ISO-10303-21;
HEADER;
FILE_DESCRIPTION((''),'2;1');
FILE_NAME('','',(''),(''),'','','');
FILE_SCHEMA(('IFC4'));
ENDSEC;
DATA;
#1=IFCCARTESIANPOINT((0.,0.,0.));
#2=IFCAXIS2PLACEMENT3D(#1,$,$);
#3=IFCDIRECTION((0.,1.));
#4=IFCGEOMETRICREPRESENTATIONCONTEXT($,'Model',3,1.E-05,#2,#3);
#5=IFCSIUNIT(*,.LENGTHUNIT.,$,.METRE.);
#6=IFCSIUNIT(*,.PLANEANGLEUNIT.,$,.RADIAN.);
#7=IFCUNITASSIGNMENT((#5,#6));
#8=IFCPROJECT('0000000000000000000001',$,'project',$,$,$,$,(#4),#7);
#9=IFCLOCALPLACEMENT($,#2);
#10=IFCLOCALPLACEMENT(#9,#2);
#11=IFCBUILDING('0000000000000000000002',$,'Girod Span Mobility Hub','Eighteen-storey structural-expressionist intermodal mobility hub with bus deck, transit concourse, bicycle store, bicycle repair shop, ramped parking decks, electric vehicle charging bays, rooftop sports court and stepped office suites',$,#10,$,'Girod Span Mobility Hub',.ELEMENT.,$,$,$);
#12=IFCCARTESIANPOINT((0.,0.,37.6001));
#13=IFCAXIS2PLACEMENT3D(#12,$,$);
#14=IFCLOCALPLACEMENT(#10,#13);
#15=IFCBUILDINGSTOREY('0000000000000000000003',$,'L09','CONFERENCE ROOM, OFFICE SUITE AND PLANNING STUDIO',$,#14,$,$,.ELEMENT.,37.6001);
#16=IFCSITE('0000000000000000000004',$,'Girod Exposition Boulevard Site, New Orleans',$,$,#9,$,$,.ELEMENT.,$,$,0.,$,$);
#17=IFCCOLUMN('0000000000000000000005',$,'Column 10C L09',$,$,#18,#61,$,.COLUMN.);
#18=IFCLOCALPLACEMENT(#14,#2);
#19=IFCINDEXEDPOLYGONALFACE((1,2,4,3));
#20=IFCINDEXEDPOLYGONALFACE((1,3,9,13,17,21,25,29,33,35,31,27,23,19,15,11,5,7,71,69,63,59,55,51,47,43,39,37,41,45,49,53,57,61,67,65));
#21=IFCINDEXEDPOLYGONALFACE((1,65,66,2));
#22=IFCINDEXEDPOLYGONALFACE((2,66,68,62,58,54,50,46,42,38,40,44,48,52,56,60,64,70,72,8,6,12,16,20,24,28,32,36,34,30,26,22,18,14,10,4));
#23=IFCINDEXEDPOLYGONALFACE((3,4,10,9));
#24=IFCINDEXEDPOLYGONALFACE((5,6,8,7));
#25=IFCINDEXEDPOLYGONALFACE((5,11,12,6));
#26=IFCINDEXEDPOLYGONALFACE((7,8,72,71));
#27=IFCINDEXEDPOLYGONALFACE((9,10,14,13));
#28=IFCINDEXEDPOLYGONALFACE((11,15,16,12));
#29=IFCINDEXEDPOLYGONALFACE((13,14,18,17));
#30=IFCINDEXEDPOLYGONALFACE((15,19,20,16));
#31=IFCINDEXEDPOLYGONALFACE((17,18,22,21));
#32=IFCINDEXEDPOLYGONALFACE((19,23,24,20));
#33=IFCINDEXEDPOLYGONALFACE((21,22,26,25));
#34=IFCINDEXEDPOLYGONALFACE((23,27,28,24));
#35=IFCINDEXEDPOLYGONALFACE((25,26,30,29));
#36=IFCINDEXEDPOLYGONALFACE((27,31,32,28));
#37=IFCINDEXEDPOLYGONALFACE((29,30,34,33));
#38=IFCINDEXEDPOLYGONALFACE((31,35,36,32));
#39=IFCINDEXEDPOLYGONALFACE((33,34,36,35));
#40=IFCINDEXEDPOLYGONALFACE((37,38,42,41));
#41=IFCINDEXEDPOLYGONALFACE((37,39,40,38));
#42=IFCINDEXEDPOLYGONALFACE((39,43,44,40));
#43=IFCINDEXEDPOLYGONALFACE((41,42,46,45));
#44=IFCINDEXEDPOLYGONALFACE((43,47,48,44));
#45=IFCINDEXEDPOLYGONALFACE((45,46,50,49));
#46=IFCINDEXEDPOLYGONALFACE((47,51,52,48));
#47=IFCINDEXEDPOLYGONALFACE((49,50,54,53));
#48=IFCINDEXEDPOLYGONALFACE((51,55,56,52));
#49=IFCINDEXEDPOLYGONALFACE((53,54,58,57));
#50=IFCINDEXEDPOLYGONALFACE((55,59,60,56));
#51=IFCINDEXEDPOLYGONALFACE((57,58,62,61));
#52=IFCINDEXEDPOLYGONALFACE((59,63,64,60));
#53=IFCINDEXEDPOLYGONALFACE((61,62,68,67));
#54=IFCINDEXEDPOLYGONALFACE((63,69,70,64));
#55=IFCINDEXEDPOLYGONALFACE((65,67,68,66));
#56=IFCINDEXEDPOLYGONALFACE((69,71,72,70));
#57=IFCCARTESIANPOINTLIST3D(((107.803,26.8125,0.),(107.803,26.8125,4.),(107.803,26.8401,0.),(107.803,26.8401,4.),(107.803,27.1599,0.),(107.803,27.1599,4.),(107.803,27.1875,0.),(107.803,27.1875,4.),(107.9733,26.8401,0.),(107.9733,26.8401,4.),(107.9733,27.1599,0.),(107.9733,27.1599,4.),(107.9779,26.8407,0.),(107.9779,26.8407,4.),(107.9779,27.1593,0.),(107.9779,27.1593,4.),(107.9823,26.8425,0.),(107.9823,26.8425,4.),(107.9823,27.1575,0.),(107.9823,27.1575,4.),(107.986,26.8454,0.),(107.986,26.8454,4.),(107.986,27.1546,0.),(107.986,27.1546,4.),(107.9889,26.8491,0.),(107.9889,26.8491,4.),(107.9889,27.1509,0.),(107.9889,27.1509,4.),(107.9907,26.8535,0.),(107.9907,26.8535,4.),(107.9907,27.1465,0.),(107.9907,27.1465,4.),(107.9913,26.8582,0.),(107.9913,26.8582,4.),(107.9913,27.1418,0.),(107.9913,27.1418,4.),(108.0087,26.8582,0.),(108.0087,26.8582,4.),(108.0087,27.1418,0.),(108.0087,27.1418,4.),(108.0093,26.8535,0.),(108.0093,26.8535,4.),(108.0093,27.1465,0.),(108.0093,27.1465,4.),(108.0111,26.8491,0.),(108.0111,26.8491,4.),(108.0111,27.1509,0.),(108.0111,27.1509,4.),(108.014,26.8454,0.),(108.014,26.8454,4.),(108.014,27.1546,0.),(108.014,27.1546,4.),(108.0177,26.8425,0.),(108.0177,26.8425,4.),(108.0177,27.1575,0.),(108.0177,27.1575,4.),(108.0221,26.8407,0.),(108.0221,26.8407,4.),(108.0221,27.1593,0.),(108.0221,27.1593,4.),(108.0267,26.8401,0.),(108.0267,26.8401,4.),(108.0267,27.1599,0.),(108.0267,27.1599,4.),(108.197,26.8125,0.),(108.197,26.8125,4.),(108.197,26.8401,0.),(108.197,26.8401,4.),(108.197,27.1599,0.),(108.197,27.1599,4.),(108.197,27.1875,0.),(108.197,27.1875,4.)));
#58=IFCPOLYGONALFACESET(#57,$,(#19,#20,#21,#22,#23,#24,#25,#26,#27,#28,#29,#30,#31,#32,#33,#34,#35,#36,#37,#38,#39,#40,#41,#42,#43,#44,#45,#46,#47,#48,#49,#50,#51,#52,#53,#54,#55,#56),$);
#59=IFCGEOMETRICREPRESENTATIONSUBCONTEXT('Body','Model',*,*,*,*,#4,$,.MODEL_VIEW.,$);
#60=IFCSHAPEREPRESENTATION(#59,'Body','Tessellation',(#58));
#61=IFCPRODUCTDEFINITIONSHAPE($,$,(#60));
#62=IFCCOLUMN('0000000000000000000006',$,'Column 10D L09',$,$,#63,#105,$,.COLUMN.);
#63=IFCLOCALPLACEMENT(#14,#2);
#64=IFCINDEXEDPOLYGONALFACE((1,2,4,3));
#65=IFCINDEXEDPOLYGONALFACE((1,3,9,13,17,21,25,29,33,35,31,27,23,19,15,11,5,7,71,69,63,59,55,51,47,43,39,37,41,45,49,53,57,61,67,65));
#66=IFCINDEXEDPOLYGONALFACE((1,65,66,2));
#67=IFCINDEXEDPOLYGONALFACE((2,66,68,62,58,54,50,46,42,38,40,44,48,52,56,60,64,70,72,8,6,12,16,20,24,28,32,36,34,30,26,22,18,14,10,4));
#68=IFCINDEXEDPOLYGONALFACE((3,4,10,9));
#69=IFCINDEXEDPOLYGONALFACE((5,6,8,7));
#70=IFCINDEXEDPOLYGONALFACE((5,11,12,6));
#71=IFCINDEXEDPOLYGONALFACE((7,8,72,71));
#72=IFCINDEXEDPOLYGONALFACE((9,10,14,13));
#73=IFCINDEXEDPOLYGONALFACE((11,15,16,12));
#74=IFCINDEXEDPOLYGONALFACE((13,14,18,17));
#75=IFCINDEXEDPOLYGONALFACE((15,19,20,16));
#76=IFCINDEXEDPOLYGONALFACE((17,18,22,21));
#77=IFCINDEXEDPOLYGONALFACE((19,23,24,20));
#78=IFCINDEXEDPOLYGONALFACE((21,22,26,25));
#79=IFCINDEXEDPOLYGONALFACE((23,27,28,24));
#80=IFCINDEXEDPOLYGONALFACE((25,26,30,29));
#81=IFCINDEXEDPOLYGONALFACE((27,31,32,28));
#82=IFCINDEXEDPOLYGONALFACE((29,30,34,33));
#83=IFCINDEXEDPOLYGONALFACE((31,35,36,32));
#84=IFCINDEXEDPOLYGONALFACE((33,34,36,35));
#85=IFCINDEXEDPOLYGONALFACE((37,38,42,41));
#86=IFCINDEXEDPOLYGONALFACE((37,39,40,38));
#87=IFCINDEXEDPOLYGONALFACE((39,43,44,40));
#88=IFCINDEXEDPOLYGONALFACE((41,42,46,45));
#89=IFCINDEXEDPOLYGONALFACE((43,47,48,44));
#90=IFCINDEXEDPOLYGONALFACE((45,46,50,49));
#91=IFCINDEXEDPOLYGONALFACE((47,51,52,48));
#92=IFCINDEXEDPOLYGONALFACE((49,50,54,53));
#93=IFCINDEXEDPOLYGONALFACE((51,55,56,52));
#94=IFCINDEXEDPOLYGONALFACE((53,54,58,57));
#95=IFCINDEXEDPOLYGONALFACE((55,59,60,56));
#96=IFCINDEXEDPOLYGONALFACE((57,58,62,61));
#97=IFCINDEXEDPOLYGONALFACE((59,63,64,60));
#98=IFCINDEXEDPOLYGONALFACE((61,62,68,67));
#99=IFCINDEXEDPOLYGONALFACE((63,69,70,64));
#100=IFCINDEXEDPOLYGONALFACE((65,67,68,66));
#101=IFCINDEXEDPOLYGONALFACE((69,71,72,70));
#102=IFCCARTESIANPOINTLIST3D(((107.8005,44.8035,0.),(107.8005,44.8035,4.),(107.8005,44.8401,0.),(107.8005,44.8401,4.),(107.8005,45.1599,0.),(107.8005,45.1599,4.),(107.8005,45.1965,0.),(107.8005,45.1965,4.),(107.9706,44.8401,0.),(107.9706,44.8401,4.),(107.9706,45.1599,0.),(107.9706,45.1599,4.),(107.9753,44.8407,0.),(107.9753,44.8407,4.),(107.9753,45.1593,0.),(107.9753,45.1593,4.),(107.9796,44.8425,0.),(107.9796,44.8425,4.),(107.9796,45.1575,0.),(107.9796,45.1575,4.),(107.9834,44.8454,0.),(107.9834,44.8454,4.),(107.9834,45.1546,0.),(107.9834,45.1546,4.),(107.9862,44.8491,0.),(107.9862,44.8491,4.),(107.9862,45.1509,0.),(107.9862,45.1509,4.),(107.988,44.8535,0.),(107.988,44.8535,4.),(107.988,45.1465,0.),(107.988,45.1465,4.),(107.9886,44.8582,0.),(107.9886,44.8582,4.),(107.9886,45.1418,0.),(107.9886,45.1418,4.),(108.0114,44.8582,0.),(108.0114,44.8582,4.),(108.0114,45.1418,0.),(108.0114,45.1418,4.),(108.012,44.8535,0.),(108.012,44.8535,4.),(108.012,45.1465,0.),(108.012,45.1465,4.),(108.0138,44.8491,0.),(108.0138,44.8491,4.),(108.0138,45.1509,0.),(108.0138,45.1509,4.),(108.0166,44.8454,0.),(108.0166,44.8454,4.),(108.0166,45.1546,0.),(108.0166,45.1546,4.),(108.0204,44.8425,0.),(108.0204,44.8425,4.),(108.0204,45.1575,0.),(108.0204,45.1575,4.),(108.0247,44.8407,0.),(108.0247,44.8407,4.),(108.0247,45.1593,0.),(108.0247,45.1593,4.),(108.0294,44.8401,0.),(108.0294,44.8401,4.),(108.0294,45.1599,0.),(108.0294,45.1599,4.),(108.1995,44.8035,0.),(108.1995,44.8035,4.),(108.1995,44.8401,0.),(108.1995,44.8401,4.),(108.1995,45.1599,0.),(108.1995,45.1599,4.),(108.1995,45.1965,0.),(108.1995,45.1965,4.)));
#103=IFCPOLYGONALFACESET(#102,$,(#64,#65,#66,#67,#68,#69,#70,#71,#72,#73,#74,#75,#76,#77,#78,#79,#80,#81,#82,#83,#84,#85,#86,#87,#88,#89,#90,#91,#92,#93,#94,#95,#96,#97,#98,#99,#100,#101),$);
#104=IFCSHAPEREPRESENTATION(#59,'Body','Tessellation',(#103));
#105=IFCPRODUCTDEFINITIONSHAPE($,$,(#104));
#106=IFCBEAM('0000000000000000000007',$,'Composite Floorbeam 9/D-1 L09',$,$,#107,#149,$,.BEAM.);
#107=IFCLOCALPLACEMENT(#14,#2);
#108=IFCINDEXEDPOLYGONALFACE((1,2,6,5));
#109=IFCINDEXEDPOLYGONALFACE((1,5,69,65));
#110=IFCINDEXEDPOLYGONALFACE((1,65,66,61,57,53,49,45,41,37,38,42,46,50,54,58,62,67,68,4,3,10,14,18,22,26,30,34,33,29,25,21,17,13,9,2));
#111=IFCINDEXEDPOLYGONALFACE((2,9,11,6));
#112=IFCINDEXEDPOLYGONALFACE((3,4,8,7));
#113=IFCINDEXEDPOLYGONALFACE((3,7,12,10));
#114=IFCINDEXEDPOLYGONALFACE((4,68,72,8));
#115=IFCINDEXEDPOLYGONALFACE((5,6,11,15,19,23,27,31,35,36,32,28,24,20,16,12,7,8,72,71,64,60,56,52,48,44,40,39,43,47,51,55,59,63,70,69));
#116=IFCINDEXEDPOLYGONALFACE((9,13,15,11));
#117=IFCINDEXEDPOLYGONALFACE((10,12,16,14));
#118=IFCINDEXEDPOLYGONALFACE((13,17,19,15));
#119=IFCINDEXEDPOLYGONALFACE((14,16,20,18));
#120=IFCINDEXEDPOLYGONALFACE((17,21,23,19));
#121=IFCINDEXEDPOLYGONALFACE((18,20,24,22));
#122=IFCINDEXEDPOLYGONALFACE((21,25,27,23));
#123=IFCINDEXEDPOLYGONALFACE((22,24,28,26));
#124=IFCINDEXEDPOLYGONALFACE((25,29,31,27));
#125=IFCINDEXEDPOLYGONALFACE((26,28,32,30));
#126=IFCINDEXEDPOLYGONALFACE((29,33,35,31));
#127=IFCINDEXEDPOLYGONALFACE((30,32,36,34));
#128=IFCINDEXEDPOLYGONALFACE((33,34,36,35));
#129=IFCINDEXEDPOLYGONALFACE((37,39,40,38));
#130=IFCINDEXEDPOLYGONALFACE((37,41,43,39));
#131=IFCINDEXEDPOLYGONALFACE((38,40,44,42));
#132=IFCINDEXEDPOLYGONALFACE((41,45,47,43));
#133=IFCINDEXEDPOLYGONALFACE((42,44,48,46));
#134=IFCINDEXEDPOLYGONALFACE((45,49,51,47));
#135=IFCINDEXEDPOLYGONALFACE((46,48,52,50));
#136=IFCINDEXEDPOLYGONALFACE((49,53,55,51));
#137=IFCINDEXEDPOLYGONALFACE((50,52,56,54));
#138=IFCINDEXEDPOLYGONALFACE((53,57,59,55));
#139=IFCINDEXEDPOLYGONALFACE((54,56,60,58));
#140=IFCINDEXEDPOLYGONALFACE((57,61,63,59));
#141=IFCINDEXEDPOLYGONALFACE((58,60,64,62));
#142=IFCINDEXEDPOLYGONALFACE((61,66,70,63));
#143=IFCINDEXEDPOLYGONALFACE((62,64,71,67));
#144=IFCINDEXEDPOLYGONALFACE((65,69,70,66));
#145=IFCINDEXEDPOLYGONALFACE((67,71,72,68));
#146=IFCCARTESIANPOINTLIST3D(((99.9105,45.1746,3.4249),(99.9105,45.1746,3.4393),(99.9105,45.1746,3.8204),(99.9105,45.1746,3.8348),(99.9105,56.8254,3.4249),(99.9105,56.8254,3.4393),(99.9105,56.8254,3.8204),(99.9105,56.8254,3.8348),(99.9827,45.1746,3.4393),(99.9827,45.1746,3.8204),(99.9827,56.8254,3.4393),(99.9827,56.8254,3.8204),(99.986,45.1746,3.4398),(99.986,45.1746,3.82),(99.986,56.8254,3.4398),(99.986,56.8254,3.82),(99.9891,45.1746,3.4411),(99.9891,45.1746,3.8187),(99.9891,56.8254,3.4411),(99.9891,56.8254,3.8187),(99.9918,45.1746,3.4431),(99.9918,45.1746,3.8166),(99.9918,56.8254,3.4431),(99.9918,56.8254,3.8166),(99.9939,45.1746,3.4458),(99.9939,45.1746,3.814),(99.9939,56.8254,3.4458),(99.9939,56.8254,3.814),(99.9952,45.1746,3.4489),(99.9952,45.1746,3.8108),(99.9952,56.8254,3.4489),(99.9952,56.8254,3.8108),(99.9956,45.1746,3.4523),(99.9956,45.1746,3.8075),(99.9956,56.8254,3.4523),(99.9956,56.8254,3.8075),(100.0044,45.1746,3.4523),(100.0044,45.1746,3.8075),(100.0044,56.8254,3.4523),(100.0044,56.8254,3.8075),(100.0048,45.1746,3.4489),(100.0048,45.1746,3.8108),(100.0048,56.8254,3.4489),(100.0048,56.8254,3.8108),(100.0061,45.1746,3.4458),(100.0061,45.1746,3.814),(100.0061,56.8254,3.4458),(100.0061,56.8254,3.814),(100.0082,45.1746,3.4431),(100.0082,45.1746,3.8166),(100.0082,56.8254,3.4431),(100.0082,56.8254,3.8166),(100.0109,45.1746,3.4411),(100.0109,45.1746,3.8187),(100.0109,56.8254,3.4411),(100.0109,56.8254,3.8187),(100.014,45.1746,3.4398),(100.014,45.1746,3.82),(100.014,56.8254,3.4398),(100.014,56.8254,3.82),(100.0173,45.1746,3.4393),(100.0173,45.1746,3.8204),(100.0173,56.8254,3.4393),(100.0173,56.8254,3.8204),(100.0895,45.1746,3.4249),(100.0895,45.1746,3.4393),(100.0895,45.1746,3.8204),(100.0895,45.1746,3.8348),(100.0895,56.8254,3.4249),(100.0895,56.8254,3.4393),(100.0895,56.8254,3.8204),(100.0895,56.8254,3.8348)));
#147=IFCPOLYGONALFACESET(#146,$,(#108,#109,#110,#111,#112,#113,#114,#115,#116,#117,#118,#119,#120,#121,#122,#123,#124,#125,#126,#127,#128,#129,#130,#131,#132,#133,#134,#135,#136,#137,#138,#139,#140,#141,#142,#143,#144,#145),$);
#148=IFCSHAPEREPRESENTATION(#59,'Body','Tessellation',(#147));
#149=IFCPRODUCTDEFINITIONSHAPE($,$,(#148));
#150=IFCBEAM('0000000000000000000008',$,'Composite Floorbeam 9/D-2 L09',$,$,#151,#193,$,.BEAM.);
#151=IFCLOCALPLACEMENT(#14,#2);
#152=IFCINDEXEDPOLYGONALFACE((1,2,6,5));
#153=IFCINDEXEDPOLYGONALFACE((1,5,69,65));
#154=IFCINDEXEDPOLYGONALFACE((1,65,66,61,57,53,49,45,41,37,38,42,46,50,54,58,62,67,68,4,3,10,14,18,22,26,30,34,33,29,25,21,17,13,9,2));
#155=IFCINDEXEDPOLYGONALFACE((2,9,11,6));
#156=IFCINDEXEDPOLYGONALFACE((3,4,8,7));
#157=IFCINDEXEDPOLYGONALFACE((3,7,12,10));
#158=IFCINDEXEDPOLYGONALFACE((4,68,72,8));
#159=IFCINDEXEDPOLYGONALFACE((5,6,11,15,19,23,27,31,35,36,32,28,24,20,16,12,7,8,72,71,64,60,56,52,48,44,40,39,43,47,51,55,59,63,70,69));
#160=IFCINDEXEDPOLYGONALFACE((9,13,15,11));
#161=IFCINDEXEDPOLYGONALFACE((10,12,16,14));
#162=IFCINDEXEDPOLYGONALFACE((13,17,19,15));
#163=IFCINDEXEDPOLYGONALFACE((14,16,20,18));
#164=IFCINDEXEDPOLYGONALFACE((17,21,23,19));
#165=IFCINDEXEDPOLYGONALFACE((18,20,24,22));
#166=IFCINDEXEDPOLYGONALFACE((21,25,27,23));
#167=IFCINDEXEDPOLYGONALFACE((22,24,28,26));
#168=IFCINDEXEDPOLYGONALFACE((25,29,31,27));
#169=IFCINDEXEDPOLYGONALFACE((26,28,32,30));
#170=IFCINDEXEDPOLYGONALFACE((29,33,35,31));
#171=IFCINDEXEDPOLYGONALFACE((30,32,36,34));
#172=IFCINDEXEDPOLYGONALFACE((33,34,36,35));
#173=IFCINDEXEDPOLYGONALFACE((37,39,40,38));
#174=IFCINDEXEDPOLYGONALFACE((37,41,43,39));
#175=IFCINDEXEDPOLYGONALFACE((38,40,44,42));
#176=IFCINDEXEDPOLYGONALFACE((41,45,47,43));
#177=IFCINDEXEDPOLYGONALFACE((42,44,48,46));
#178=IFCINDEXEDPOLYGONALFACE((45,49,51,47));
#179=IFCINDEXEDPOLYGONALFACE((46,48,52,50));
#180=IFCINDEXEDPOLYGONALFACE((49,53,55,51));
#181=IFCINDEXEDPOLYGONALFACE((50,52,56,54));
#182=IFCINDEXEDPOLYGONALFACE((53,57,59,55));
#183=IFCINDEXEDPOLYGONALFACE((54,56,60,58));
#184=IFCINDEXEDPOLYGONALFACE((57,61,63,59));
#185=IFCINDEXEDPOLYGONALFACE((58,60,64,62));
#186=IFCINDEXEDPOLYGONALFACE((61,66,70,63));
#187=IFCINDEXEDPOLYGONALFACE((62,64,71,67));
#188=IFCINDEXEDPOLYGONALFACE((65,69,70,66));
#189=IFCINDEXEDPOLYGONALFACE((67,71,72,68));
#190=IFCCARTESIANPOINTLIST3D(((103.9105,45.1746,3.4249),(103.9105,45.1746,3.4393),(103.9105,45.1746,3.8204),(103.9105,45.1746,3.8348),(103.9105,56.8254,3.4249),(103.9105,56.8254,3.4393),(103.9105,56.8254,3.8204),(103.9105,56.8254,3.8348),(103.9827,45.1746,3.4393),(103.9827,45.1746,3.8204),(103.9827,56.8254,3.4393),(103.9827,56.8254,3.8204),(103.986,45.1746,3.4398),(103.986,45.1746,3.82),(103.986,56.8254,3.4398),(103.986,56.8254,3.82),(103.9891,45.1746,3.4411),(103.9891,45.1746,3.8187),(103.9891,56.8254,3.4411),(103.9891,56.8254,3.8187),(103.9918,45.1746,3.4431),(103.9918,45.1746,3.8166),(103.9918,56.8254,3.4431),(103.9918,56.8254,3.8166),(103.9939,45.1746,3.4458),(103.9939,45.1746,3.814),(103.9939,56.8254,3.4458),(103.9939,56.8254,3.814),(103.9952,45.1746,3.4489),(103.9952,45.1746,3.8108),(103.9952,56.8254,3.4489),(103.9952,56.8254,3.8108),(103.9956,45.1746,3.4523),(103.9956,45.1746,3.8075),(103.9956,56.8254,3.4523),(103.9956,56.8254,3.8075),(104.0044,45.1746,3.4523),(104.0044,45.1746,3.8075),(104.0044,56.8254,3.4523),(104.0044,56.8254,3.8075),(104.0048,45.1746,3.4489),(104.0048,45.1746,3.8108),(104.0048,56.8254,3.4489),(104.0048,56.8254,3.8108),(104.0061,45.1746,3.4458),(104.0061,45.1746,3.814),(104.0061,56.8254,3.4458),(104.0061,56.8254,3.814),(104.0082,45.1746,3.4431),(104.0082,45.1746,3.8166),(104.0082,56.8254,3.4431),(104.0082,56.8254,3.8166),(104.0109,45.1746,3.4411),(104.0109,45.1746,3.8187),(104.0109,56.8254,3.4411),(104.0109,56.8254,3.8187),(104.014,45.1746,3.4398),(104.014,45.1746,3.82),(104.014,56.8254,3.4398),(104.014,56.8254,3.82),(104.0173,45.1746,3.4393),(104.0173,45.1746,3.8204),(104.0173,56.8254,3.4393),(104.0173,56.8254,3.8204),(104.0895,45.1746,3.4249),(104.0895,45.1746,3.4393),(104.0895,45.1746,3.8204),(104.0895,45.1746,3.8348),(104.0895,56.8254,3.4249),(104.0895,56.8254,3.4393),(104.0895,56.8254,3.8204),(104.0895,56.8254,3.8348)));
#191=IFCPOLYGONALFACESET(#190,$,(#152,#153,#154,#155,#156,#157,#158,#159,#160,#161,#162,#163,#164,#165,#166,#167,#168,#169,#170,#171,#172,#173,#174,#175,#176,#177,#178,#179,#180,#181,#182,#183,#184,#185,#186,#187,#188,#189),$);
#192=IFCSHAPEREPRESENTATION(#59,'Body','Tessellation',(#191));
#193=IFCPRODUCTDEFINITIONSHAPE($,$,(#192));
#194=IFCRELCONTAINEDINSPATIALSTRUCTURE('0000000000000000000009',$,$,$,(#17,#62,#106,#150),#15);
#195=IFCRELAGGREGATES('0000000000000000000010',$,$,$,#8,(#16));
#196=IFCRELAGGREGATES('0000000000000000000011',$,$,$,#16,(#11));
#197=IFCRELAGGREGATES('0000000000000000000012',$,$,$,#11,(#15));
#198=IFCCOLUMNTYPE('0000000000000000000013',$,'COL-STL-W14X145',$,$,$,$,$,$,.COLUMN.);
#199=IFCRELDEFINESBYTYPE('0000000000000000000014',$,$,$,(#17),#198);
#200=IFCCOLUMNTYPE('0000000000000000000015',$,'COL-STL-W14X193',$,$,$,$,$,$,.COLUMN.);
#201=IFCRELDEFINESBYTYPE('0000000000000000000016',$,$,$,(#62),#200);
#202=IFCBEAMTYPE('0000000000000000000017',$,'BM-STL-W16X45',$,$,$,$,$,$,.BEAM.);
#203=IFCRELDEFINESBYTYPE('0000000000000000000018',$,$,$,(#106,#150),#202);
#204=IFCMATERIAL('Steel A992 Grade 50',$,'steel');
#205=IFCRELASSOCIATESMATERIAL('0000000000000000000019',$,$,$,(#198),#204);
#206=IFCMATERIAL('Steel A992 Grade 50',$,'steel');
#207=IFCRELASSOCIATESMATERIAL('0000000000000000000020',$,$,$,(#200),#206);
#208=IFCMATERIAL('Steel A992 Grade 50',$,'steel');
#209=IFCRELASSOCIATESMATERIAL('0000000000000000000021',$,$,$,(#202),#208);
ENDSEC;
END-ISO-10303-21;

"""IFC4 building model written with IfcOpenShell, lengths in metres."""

from ifc_helpers import new_model, si_unit, direction, frame, origin, origin_2d, place, context, subcontext, project, spatial, i_section, extrude, material, material_profile, profile_set, type_object, element, save


model = new_model("IFC4")

# Units and contexts
model_context = context("Model", 3, precision=1e-05, world=origin(), true_north=direction((0.0, 1.0)))
body_context = subcontext(model_context, "Body", "Model", "MODEL_VIEW")
ifc_project = project(units=[si_unit("LENGTHUNIT", "METRE"), si_unit("PLANEANGLEUNIT", "RADIAN")], contexts=[model_context])

# Site, building, storey
site_placement = place(None, origin())
site = spatial("IfcSite", under=ifc_project, at=site_placement, Name="Girod Exposition Boulevard Site, New Orleans", CompositionType="ELEMENT", RefElevation=0.0)
building_placement = place(site_placement, origin())
building = spatial("IfcBuilding", under=site, at=building_placement, Name="Girod Span Mobility Hub", Description="Eighteen-storey structural-expressionist intermodal mobility hub with bus deck, transit concourse, bicycle store, bicycle repair shop, ramped parking decks, electric vehicle charging bays, rooftop sports court and stepped office suites", LongName="Girod Span Mobility Hub", CompositionType="ELEMENT")
storey_placement = place(building_placement, frame((0.0, 0.0, 37.6001)))
storey = spatial("IfcBuildingStorey", under=building, at=storey_placement, Name="L09", Description="CONFERENCE ROOM, OFFICE SUITE AND PLANNING STUDIO", CompositionType="ELEMENT", Elevation=37.6001)

# Columns
ifc_material_1 = material(Name="Steel A992 Grade 50", Category="steel")
ifc_material_profile_1 = material_profile(ifc_material_1, i_section(OverallWidth=0.394, OverallDepth=0.375, WebThickness=0.0173, FlangeThickness=0.0276, FilletRadius=0.0181, at=origin_2d()), Name="W14X145")
ifc_profile_set_1 = profile_set([ifc_material_profile_1], Name="Steel A992 Grade 50")
column_type_1 = type_object("IfcColumnType", Name="COL-STL-W14X145", PredefinedType="COLUMN", material=ifc_profile_set_1)
column_1_placement = place(storey_placement, frame((108.0, 27.0, 0.0), z_axis=(0.0, 0.0, 1.0), x_axis=(1.0, 0.0, 0.0)))
element("IfcColumn", 1, at=column_1_placement, inside=storey, type_object=column_type_1, Name="Column 10C L09", PredefinedType="COLUMN", context=body_context, shape_type="SweptSolid", body=[
    extrude(i_section(OverallWidth=0.394, OverallDepth=0.375, WebThickness=0.0173, FlangeThickness=0.0276, FilletRadius=0.0181, at=origin_2d()), origin(), (0.0, 0.0, 1.0), 4.0),
])
ifc_material_2 = material(Name="Steel A992 Grade 50", Category="steel")
ifc_material_profile_2 = material_profile(ifc_material_2, i_section(OverallWidth=0.3989, OverallDepth=0.3931, WebThickness=0.0227, FlangeThickness=0.0366, FilletRadius=0.0181, at=origin_2d()), Name="W14X193")
ifc_profile_set_2 = profile_set([ifc_material_profile_2], Name="Steel A992 Grade 50")
column_type_2 = type_object("IfcColumnType", Name="COL-STL-W14X193", PredefinedType="COLUMN", material=ifc_profile_set_2)
column_2_placement = place(storey_placement, frame((108.0, 45.0, 0.0), z_axis=(0.0, 0.0, 1.0), x_axis=(1.0, 0.0, 0.0)))
element("IfcColumn", 2, at=column_2_placement, inside=storey, type_object=column_type_2, Name="Column 10D L09", PredefinedType="COLUMN", context=body_context, shape_type="SweptSolid", body=[
    extrude(i_section(OverallWidth=0.3989, OverallDepth=0.3931, WebThickness=0.0227, FlangeThickness=0.0366, FilletRadius=0.0181, at=origin_2d()), origin(), (0.0, 0.0, 1.0), 4.0),
])

# Beams
ifc_material_3 = material(Name="Steel A992 Grade 50", Category="steel")
ifc_material_profile_3 = material_profile(ifc_material_3, i_section(OverallWidth=0.179, OverallDepth=0.4099, WebThickness=0.0088, FlangeThickness=0.0144, FilletRadius=0.0129, at=origin_2d()), Name="W16X45")
ifc_profile_set_3 = profile_set([ifc_material_profile_3], Name="Steel A992 Grade 50")
beam_type_1 = type_object("IfcBeamType", Name="BM-STL-W16X45", PredefinedType="BEAM", material=ifc_profile_set_3)
for number, where, z_axis, x_axis, name in (
    (3, (100.0, 45.1746, 3.6299), (0.0, 1.0, 0.0), (-1.0, 0.0, 0.0), "Composite Floorbeam 9/D-1 L09"),
    (4, (104.0, 45.1746, 3.6299), (0.0, 1.0, 0.0), (-1.0, 0.0, 0.0), "Composite Floorbeam 9/D-2 L09"),
):
    element("IfcBeam", number, at=place(storey_placement, frame(where, z_axis=z_axis, x_axis=x_axis)), inside=storey, type_object=beam_type_1, Name=name, PredefinedType="BEAM", context=body_context, shape_type="SweptSolid", body=[
        extrude(i_section(OverallWidth=0.179, OverallDepth=0.4099, WebThickness=0.0088, FlangeThickness=0.0144, FilletRadius=0.0129, at=origin_2d()), origin(), (0.0, 0.0, 1.0), 11.6509),
    ])

save(model, "model.ifc")
